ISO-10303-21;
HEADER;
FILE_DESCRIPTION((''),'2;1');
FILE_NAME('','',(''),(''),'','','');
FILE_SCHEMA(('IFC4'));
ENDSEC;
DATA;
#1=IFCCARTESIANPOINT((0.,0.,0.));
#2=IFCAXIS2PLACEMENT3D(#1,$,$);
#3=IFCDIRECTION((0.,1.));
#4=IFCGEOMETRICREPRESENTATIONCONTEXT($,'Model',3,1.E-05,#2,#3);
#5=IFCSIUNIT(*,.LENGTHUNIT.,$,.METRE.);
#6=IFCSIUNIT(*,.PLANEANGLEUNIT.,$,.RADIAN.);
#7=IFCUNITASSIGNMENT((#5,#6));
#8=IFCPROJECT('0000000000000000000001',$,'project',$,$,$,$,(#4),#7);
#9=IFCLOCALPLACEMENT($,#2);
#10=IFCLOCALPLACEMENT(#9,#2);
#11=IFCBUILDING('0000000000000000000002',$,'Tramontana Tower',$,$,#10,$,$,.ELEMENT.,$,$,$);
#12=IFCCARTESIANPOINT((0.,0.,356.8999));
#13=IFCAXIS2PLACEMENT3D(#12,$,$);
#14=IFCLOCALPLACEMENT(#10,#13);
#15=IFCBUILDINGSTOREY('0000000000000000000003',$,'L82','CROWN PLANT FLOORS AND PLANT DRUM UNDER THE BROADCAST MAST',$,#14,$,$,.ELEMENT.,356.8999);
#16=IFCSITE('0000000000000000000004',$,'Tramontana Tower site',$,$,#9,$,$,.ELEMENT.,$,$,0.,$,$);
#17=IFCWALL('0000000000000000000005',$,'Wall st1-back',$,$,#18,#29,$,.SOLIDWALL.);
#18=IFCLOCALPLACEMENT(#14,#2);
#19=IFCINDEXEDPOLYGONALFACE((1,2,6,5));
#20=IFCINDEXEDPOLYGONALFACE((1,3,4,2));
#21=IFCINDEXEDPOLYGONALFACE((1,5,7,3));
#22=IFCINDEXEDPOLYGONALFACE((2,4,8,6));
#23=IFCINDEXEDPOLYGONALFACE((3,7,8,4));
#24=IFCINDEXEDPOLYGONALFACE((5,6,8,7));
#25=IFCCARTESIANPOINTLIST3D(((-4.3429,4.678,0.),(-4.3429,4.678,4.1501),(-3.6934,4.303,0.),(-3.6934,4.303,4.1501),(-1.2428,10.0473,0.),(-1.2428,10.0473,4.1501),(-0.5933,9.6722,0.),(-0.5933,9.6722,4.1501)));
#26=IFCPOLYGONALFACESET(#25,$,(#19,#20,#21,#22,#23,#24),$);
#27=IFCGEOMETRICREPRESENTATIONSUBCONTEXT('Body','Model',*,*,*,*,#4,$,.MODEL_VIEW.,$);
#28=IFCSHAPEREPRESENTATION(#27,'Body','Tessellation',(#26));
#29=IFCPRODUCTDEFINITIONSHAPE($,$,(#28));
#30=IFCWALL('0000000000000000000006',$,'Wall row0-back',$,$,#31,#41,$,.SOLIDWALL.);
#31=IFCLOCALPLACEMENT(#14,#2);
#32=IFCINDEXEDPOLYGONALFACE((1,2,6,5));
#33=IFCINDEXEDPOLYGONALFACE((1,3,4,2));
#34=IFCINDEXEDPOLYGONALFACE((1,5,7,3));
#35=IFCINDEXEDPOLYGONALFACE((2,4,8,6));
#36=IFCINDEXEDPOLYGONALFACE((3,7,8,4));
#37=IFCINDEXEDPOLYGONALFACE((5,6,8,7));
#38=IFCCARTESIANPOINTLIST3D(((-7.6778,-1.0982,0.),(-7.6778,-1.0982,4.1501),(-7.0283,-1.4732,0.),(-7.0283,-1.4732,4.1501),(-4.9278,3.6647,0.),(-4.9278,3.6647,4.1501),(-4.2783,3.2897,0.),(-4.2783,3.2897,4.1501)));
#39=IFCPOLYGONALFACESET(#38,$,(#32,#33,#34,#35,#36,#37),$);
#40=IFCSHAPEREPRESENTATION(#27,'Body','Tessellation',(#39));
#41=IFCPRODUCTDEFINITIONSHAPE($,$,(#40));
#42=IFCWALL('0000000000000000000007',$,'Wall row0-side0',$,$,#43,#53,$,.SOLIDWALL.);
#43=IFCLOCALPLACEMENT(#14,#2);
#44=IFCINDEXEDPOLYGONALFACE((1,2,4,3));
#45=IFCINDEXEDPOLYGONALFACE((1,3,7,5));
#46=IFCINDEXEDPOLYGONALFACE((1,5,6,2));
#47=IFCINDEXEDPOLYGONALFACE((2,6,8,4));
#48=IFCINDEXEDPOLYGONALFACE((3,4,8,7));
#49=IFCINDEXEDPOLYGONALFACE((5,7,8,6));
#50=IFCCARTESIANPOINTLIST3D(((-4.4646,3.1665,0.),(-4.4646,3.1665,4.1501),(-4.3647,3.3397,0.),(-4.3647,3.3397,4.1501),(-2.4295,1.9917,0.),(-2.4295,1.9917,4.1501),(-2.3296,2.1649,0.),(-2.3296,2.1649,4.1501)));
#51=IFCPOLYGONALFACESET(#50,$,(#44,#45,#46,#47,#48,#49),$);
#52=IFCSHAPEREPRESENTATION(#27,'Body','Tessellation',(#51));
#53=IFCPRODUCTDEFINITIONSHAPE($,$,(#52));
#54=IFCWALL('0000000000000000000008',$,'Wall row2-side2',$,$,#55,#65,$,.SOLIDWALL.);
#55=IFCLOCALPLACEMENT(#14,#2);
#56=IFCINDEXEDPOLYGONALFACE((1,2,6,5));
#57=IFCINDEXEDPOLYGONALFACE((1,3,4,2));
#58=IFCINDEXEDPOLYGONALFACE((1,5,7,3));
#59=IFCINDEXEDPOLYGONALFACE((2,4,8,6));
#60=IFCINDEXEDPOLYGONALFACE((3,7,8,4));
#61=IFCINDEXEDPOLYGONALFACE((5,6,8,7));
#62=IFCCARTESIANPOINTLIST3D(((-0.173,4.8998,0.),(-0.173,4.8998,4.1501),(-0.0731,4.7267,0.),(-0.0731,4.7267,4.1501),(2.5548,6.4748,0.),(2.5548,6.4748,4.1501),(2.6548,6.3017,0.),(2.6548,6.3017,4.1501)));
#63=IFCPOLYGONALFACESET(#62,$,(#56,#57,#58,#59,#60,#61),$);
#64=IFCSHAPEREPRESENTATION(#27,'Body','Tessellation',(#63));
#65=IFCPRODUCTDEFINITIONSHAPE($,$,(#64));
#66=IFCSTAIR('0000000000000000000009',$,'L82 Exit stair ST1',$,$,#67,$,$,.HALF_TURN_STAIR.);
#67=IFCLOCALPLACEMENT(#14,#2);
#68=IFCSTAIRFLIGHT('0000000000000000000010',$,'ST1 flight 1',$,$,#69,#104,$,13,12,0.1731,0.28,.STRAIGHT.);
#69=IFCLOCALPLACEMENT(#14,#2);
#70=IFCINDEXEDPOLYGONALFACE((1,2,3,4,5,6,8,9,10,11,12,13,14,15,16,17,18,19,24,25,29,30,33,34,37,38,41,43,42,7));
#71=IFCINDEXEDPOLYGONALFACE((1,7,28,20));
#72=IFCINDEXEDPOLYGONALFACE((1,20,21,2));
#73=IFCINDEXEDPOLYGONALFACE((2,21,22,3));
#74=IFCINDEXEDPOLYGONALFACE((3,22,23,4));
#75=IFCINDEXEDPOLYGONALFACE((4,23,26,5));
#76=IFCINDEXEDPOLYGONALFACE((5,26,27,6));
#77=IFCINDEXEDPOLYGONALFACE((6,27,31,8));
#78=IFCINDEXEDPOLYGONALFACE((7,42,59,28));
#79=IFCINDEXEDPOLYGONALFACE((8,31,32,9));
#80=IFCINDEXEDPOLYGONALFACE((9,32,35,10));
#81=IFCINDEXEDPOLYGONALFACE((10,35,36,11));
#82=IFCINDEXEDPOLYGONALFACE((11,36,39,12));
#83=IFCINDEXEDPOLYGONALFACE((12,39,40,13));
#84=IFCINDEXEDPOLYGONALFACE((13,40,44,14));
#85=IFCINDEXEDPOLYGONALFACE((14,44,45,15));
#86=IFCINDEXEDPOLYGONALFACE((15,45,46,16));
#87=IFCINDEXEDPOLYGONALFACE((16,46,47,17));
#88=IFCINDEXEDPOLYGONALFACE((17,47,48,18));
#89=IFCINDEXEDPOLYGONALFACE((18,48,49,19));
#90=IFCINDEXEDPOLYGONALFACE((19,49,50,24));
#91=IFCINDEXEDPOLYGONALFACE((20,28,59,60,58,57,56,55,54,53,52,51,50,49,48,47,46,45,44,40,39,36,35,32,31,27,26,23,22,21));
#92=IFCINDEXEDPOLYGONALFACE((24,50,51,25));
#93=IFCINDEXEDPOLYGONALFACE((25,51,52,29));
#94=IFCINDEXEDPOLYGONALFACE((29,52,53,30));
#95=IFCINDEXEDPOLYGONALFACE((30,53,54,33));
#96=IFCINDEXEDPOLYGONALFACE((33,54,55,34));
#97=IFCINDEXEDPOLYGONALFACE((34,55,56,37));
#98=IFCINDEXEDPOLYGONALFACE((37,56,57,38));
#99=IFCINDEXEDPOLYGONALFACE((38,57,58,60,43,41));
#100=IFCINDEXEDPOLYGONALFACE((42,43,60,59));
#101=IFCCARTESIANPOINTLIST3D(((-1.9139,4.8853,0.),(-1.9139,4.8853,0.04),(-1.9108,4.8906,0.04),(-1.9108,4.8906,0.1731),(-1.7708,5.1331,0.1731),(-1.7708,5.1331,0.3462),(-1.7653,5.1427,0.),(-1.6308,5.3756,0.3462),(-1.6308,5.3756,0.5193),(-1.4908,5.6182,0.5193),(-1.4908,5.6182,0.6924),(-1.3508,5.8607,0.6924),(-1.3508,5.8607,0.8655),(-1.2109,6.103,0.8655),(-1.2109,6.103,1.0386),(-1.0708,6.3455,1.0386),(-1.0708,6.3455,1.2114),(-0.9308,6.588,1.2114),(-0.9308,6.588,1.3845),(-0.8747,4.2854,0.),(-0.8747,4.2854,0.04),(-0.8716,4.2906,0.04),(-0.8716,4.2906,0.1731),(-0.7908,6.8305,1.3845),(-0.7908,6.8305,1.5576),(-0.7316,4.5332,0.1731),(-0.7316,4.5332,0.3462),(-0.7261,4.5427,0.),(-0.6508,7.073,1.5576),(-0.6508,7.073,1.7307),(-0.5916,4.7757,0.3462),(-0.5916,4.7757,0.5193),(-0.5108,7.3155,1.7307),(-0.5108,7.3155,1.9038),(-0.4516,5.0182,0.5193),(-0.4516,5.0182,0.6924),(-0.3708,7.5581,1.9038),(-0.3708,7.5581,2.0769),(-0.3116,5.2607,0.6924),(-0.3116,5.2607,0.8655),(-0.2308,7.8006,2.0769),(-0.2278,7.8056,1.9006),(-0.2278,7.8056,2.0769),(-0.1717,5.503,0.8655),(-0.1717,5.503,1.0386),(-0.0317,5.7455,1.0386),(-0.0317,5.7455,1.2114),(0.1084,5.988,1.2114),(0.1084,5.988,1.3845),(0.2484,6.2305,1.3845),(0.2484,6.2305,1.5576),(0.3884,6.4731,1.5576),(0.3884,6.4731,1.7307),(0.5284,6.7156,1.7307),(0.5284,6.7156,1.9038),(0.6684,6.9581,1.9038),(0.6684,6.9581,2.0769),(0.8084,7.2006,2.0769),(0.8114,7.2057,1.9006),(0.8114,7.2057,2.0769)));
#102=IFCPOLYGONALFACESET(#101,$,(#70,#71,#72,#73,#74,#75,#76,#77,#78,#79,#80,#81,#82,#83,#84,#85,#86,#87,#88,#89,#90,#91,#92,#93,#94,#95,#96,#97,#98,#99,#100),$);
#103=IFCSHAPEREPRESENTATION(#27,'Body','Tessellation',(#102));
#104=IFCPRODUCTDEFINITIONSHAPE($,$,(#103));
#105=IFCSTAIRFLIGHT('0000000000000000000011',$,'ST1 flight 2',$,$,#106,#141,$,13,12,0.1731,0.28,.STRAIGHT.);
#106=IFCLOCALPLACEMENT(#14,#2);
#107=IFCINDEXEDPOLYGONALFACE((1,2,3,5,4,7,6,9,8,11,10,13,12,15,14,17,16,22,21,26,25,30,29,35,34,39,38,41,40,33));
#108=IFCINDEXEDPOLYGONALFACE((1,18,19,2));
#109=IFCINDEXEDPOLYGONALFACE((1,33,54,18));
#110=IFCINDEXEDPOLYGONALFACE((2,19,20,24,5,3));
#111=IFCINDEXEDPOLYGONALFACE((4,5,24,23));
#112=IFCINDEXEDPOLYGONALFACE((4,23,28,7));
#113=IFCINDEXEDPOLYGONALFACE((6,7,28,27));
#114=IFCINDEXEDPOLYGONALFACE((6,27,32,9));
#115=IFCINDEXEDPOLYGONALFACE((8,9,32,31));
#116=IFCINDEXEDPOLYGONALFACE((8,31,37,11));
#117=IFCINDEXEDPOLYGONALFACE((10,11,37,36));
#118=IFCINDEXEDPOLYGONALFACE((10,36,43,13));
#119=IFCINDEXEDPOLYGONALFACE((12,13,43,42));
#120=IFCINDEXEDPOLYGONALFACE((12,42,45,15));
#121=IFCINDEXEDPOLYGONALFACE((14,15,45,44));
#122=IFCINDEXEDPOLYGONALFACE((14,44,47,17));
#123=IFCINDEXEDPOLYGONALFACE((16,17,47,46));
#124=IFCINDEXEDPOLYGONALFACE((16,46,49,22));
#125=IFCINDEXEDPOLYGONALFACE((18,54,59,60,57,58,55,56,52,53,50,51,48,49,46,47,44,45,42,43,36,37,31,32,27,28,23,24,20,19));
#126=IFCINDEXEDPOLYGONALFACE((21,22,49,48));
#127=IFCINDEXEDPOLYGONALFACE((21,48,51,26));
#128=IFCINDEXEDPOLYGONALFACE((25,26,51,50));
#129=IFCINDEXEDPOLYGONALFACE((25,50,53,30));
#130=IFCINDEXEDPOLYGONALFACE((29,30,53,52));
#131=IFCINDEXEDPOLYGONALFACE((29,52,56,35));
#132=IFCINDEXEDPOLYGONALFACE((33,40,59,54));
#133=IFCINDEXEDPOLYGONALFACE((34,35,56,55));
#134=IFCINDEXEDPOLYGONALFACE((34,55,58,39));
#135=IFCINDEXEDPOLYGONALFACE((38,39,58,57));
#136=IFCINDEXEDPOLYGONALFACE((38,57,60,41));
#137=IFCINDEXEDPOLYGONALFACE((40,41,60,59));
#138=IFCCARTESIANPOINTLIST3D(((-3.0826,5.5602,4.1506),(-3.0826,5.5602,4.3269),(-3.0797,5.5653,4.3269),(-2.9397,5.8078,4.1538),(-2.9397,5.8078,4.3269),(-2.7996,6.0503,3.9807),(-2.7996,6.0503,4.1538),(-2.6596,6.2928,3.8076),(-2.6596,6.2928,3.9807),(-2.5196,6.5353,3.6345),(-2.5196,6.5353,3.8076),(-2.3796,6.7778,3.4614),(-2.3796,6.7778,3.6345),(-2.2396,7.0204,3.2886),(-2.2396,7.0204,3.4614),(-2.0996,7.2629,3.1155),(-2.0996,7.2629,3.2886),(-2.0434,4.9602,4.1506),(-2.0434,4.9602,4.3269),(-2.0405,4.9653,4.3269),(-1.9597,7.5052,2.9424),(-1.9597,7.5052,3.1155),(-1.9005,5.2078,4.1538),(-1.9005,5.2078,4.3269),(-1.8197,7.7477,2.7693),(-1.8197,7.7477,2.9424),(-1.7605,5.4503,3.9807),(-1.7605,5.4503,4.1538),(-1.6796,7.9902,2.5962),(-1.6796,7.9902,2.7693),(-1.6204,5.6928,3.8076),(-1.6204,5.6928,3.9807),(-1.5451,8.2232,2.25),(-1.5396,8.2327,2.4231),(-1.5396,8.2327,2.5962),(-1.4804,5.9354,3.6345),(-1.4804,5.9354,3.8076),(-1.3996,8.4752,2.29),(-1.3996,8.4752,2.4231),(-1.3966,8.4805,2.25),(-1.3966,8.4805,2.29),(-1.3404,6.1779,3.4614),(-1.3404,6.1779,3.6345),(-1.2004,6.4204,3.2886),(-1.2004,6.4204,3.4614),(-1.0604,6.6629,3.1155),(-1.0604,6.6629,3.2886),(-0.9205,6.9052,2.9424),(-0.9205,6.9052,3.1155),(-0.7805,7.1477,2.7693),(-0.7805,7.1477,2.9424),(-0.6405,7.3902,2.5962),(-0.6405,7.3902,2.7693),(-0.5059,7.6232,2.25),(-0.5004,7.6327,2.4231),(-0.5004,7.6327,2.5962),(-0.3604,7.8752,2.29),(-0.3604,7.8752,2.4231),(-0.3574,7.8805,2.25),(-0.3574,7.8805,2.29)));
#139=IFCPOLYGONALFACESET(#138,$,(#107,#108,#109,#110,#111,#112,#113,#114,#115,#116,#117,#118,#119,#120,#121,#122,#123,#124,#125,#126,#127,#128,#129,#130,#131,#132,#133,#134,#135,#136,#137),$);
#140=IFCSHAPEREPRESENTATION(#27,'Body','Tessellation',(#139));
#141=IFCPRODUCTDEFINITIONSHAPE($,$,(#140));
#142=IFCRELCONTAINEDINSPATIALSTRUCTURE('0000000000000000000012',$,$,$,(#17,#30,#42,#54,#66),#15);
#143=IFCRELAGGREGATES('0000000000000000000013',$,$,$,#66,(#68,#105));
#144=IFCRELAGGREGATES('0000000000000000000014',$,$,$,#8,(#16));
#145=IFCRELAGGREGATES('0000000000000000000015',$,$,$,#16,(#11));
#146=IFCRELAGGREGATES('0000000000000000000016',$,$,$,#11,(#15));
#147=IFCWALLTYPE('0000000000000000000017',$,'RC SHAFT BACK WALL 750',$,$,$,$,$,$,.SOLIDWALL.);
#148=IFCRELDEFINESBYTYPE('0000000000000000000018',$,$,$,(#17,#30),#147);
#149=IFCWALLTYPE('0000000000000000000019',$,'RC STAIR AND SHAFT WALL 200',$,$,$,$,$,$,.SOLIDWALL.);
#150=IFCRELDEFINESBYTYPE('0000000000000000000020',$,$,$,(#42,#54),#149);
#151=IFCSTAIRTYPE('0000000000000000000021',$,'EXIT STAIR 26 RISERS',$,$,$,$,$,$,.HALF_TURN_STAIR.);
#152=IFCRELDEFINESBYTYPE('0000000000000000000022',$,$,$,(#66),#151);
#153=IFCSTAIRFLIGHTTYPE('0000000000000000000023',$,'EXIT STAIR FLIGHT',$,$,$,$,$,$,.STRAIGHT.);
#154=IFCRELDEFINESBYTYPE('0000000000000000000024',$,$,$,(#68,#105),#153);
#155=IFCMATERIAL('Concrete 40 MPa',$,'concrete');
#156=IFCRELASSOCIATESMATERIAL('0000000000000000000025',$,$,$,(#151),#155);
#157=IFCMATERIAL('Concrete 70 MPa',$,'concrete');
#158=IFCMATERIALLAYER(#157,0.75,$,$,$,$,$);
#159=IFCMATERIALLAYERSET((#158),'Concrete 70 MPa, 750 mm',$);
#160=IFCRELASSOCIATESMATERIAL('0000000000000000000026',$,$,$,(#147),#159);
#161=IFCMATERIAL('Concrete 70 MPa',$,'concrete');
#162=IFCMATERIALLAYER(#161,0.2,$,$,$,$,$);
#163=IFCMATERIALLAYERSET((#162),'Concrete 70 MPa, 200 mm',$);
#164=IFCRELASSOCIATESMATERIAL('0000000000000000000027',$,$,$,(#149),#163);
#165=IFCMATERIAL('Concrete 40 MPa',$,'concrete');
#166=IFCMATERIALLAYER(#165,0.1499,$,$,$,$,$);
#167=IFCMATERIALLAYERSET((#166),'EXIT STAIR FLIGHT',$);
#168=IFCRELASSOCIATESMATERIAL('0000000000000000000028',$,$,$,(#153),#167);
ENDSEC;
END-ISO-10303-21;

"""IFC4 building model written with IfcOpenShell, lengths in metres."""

from ifc_helpers import new_model, si_unit, direction, frame, frame_2d, origin, place, context, subcontext, project, spatial, polyline, rectangle, outline, extrude, material, layer, layer_set, type_object, element, aggregate, save


model = new_model("IFC4")

# Units and contexts
model_context = context("Model", 3, precision=1e-05, world=origin(), true_north=direction((0.0, 1.0)))
body_context = subcontext(model_context, "Body", "Model", "MODEL_VIEW")
ifc_project = project(units=[si_unit("LENGTHUNIT", "METRE"), si_unit("PLANEANGLEUNIT", "RADIAN")], contexts=[model_context])

# Site, building, storey
site_placement = place(None, origin())
site = spatial("IfcSite", under=ifc_project, at=site_placement, Name="Tramontana Tower site", CompositionType="ELEMENT", RefElevation=0.0)
building_placement = place(site_placement, origin())
building = spatial("IfcBuilding", under=site, at=building_placement, Name="Tramontana Tower", CompositionType="ELEMENT")
storey_placement = place(building_placement, frame((0.0, 0.0, 356.8999)))
storey = spatial("IfcBuildingStorey", under=building, at=storey_placement, Name="L82", Description="CROWN PLANT FLOORS AND PLANT DRUM UNDER THE BROADCAST MAST", CompositionType="ELEMENT", Elevation=356.8999)

# Shared definitions
ifc_material_1 = material(Name="Concrete 40 MPa", Category="concrete")
stair_type = type_object("IfcStairType", Name="EXIT STAIR 26 RISERS", PredefinedType="HALF_TURN_STAIR", material=ifc_material_1)

# Walls
ifc_material_2 = material(Name="Concrete 70 MPa", Category="concrete")
ifc_layer_1 = layer(ifc_material_2, 0.75)
ifc_layer_set_1 = layer_set([ifc_layer_1], Name="Concrete 70 MPa, 750 mm")
wall_type_1 = type_object("IfcWallType", Name="RC SHAFT BACK WALL 750", PredefinedType="SOLIDWALL", material=ifc_layer_set_1)
wall_1_placement = place(storey_placement, frame((-0.918, 9.8599, 0.0), z_axis=(0.0, 0.0, 1.0), x_axis=(-0.500027, -0.86601, 0.0)))
element("IfcWall", 1, at=wall_1_placement, inside=storey, type_object=wall_type_1, Name="Wall st1-back", PredefinedType="SOLIDWALL", context=body_context, shape_type="SweptSolid", body=[
    extrude(rectangle(XDim=6.2, YDim=0.75, at=frame_2d((3.1001, 0.0))), origin(), (0.0, 0.0, 1.0), 4.1501),
])
wall_2_placement = place(storey_placement, frame((-4.603, 3.4773, 0.0), z_axis=(0.0, 0.0, 1.0), x_axis=(-0.500016, -0.866016, 0.0)))
element("IfcWall", 2, at=wall_2_placement, inside=storey, type_object=wall_type_1, Name="Wall row0-back", PredefinedType="SOLIDWALL", context=body_context, shape_type="SweptSolid", body=[
    extrude(rectangle(XDim=5.4998, YDim=0.75, at=frame_2d((2.75, 0.0))), origin(), (0.0, 0.0, 1.0), 4.1501),
])

# Shared definitions
ifc_material_3 = material(Name="Concrete 70 MPa", Category="concrete")
ifc_layer_2 = layer(ifc_material_3, 0.2)
ifc_layer_set_2 = layer_set([ifc_layer_2], Name="Concrete 70 MPa, 200 mm")
wall_type_2 = type_object("IfcWallType", Name="RC STAIR AND SHAFT WALL 200", PredefinedType="SOLIDWALL", material=ifc_layer_set_2)

# Walls
wall_3_placement = place(storey_placement, frame((-2.3796, 2.0784, 0.0), z_axis=(0.0, 0.0, 1.0), x_axis=(-0.866061, 0.499938, 0.0)))
element("IfcWall", 3, at=wall_3_placement, inside=storey, type_object=wall_type_2, Name="Wall row0-side0", PredefinedType="SOLIDWALL", context=body_context, shape_type="SweptSolid", body=[
    extrude(rectangle(XDim=2.3499, YDim=0.2, at=frame_2d((1.1748, 0.0))), origin(), (0.0, 0.0, 1.0), 4.1501),
])
wall_4_placement = place(storey_placement, frame((-0.123, 4.8132, 0.0), z_axis=(0.0, 0.0, 1.0), x_axis=(0.866016, 0.500015, 0.0)))
element("IfcWall", 4, at=wall_4_placement, inside=storey, type_object=wall_type_2, Name="Wall row2-side2", PredefinedType="SOLIDWALL", context=body_context, shape_type="SweptSolid", body=[
    extrude(rectangle(XDim=3.1499, YDim=0.2, at=frame_2d((1.575, 0.0))), origin(), (0.0, 0.0, 1.0), 4.1501),
])

# Stair, stair flights
stair_1_placement = place(storey_placement, origin())
stair_1 = element("IfcStair", 5, at=stair_1_placement, inside=storey, type_object=stair_type, Name="L82 Exit stair ST1", PredefinedType="HALF_TURN_STAIR")
ifc_material_4 = material(Name="Concrete 40 MPa", Category="concrete")
ifc_layer_3 = layer(ifc_material_4, 0.1499)
ifc_layer_set_3 = layer_set([ifc_layer_3], Name="EXIT STAIR FLIGHT")
stair_flight_type = type_object("IfcStairFlightType", Name="EXIT STAIR FLIGHT", PredefinedType="STRAIGHT", material=ifc_layer_set_3)
stair_flight_1_placement = place(storey_placement, frame((-1.3911, 4.5906, 0.0), z_axis=(0.0, 0.0, 1.0), x_axis=(0.5, 0.866025, 0.0)))
stair_flight_1 = element("IfcStairFlight", 6, at=stair_flight_1_placement, type_object=stair_flight_type, Name="ST1 flight 1", NumberOfRisers=13, NumberOfTreads=12, PredefinedType="STRAIGHT", RiserHeight=0.1731, TreadLength=0.28, context=body_context, shape_type="SweptSolid", body=[
    extrude(outline(polyline([(-0.0061, 0.0), (-0.0061, 0.04), (0.0, 0.04), (0.0, 0.1731), (0.28, 0.1731), (0.28, 0.3462), (0.5601, 0.3462), (0.5601, 0.5193), (0.8401, 0.5193), (0.8401, 0.6924), (1.1201, 0.6924), (1.1201, 0.8655), (1.3999, 0.8655), (1.3999, 1.0386), (1.6799, 1.0386), (1.6799, 1.2114), (1.96, 1.2114), (1.96, 1.3845), (2.24, 1.3845), (2.24, 1.5576), (2.52, 1.5576), (2.52, 1.7307), (2.8, 1.7307), (2.8, 1.9038), (3.0801, 1.9038), (3.0801, 2.0769), (3.3601, 2.0769), (3.366, 2.0769), (3.366, 1.9006), (0.291, 0.0), (-0.0061, 0.0)])), frame((0.0, 0.6001, 0.0), z_axis=(0.0, -1.0, 0.0), x_axis=(1.0, 0.0, 0.0)), (0.0, 0.0, 1.0), 1.2),
])
stair_flight_2_placement = place(storey_placement, frame((-0.8801, 8.1753, 2.25), z_axis=(0.0, 0.0, 1.0), x_axis=(-0.5, -0.866025, 0.0)))
stair_flight_2 = element("IfcStairFlight", 7, at=stair_flight_2_placement, type_object=stair_flight_type, Name="ST1 flight 2", NumberOfRisers=13, NumberOfTreads=12, PredefinedType="STRAIGHT", RiserHeight=0.1731, TreadLength=0.28, context=body_context, shape_type="SweptSolid", body=[
    extrude(outline(polyline([(-0.0061, 0.0), (-0.0061, 0.04), (0.0, 0.04), (0.0, 0.1731), (0.28, 0.1731), (0.28, 0.3462), (0.5601, 0.3462), (0.5601, 0.5193), (0.8401, 0.5193), (0.8401, 0.6924), (1.1201, 0.6924), (1.1201, 0.8655), (1.3999, 0.8655), (1.3999, 1.0386), (1.6799, 1.0386), (1.6799, 1.2114), (1.96, 1.2114), (1.96, 1.3845), (2.24, 1.3845), (2.24, 1.5576), (2.52, 1.5576), (2.52, 1.7307), (2.8, 1.7307), (2.8, 1.9038), (3.0801, 1.9038), (3.0801, 2.0769), (3.3601, 2.0769), (3.366, 2.0769), (3.366, 1.9006), (0.291, 0.0), (-0.0061, 0.0)])), frame((0.0, 0.6001, 0.0), z_axis=(0.0, -1.0, 0.0), x_axis=(1.0, 0.0, 0.0)), (0.0, 0.0, 1.0), 1.2),
])
aggregate(stair_1, [stair_flight_1, stair_flight_2])

save(model, "model.ifc")
